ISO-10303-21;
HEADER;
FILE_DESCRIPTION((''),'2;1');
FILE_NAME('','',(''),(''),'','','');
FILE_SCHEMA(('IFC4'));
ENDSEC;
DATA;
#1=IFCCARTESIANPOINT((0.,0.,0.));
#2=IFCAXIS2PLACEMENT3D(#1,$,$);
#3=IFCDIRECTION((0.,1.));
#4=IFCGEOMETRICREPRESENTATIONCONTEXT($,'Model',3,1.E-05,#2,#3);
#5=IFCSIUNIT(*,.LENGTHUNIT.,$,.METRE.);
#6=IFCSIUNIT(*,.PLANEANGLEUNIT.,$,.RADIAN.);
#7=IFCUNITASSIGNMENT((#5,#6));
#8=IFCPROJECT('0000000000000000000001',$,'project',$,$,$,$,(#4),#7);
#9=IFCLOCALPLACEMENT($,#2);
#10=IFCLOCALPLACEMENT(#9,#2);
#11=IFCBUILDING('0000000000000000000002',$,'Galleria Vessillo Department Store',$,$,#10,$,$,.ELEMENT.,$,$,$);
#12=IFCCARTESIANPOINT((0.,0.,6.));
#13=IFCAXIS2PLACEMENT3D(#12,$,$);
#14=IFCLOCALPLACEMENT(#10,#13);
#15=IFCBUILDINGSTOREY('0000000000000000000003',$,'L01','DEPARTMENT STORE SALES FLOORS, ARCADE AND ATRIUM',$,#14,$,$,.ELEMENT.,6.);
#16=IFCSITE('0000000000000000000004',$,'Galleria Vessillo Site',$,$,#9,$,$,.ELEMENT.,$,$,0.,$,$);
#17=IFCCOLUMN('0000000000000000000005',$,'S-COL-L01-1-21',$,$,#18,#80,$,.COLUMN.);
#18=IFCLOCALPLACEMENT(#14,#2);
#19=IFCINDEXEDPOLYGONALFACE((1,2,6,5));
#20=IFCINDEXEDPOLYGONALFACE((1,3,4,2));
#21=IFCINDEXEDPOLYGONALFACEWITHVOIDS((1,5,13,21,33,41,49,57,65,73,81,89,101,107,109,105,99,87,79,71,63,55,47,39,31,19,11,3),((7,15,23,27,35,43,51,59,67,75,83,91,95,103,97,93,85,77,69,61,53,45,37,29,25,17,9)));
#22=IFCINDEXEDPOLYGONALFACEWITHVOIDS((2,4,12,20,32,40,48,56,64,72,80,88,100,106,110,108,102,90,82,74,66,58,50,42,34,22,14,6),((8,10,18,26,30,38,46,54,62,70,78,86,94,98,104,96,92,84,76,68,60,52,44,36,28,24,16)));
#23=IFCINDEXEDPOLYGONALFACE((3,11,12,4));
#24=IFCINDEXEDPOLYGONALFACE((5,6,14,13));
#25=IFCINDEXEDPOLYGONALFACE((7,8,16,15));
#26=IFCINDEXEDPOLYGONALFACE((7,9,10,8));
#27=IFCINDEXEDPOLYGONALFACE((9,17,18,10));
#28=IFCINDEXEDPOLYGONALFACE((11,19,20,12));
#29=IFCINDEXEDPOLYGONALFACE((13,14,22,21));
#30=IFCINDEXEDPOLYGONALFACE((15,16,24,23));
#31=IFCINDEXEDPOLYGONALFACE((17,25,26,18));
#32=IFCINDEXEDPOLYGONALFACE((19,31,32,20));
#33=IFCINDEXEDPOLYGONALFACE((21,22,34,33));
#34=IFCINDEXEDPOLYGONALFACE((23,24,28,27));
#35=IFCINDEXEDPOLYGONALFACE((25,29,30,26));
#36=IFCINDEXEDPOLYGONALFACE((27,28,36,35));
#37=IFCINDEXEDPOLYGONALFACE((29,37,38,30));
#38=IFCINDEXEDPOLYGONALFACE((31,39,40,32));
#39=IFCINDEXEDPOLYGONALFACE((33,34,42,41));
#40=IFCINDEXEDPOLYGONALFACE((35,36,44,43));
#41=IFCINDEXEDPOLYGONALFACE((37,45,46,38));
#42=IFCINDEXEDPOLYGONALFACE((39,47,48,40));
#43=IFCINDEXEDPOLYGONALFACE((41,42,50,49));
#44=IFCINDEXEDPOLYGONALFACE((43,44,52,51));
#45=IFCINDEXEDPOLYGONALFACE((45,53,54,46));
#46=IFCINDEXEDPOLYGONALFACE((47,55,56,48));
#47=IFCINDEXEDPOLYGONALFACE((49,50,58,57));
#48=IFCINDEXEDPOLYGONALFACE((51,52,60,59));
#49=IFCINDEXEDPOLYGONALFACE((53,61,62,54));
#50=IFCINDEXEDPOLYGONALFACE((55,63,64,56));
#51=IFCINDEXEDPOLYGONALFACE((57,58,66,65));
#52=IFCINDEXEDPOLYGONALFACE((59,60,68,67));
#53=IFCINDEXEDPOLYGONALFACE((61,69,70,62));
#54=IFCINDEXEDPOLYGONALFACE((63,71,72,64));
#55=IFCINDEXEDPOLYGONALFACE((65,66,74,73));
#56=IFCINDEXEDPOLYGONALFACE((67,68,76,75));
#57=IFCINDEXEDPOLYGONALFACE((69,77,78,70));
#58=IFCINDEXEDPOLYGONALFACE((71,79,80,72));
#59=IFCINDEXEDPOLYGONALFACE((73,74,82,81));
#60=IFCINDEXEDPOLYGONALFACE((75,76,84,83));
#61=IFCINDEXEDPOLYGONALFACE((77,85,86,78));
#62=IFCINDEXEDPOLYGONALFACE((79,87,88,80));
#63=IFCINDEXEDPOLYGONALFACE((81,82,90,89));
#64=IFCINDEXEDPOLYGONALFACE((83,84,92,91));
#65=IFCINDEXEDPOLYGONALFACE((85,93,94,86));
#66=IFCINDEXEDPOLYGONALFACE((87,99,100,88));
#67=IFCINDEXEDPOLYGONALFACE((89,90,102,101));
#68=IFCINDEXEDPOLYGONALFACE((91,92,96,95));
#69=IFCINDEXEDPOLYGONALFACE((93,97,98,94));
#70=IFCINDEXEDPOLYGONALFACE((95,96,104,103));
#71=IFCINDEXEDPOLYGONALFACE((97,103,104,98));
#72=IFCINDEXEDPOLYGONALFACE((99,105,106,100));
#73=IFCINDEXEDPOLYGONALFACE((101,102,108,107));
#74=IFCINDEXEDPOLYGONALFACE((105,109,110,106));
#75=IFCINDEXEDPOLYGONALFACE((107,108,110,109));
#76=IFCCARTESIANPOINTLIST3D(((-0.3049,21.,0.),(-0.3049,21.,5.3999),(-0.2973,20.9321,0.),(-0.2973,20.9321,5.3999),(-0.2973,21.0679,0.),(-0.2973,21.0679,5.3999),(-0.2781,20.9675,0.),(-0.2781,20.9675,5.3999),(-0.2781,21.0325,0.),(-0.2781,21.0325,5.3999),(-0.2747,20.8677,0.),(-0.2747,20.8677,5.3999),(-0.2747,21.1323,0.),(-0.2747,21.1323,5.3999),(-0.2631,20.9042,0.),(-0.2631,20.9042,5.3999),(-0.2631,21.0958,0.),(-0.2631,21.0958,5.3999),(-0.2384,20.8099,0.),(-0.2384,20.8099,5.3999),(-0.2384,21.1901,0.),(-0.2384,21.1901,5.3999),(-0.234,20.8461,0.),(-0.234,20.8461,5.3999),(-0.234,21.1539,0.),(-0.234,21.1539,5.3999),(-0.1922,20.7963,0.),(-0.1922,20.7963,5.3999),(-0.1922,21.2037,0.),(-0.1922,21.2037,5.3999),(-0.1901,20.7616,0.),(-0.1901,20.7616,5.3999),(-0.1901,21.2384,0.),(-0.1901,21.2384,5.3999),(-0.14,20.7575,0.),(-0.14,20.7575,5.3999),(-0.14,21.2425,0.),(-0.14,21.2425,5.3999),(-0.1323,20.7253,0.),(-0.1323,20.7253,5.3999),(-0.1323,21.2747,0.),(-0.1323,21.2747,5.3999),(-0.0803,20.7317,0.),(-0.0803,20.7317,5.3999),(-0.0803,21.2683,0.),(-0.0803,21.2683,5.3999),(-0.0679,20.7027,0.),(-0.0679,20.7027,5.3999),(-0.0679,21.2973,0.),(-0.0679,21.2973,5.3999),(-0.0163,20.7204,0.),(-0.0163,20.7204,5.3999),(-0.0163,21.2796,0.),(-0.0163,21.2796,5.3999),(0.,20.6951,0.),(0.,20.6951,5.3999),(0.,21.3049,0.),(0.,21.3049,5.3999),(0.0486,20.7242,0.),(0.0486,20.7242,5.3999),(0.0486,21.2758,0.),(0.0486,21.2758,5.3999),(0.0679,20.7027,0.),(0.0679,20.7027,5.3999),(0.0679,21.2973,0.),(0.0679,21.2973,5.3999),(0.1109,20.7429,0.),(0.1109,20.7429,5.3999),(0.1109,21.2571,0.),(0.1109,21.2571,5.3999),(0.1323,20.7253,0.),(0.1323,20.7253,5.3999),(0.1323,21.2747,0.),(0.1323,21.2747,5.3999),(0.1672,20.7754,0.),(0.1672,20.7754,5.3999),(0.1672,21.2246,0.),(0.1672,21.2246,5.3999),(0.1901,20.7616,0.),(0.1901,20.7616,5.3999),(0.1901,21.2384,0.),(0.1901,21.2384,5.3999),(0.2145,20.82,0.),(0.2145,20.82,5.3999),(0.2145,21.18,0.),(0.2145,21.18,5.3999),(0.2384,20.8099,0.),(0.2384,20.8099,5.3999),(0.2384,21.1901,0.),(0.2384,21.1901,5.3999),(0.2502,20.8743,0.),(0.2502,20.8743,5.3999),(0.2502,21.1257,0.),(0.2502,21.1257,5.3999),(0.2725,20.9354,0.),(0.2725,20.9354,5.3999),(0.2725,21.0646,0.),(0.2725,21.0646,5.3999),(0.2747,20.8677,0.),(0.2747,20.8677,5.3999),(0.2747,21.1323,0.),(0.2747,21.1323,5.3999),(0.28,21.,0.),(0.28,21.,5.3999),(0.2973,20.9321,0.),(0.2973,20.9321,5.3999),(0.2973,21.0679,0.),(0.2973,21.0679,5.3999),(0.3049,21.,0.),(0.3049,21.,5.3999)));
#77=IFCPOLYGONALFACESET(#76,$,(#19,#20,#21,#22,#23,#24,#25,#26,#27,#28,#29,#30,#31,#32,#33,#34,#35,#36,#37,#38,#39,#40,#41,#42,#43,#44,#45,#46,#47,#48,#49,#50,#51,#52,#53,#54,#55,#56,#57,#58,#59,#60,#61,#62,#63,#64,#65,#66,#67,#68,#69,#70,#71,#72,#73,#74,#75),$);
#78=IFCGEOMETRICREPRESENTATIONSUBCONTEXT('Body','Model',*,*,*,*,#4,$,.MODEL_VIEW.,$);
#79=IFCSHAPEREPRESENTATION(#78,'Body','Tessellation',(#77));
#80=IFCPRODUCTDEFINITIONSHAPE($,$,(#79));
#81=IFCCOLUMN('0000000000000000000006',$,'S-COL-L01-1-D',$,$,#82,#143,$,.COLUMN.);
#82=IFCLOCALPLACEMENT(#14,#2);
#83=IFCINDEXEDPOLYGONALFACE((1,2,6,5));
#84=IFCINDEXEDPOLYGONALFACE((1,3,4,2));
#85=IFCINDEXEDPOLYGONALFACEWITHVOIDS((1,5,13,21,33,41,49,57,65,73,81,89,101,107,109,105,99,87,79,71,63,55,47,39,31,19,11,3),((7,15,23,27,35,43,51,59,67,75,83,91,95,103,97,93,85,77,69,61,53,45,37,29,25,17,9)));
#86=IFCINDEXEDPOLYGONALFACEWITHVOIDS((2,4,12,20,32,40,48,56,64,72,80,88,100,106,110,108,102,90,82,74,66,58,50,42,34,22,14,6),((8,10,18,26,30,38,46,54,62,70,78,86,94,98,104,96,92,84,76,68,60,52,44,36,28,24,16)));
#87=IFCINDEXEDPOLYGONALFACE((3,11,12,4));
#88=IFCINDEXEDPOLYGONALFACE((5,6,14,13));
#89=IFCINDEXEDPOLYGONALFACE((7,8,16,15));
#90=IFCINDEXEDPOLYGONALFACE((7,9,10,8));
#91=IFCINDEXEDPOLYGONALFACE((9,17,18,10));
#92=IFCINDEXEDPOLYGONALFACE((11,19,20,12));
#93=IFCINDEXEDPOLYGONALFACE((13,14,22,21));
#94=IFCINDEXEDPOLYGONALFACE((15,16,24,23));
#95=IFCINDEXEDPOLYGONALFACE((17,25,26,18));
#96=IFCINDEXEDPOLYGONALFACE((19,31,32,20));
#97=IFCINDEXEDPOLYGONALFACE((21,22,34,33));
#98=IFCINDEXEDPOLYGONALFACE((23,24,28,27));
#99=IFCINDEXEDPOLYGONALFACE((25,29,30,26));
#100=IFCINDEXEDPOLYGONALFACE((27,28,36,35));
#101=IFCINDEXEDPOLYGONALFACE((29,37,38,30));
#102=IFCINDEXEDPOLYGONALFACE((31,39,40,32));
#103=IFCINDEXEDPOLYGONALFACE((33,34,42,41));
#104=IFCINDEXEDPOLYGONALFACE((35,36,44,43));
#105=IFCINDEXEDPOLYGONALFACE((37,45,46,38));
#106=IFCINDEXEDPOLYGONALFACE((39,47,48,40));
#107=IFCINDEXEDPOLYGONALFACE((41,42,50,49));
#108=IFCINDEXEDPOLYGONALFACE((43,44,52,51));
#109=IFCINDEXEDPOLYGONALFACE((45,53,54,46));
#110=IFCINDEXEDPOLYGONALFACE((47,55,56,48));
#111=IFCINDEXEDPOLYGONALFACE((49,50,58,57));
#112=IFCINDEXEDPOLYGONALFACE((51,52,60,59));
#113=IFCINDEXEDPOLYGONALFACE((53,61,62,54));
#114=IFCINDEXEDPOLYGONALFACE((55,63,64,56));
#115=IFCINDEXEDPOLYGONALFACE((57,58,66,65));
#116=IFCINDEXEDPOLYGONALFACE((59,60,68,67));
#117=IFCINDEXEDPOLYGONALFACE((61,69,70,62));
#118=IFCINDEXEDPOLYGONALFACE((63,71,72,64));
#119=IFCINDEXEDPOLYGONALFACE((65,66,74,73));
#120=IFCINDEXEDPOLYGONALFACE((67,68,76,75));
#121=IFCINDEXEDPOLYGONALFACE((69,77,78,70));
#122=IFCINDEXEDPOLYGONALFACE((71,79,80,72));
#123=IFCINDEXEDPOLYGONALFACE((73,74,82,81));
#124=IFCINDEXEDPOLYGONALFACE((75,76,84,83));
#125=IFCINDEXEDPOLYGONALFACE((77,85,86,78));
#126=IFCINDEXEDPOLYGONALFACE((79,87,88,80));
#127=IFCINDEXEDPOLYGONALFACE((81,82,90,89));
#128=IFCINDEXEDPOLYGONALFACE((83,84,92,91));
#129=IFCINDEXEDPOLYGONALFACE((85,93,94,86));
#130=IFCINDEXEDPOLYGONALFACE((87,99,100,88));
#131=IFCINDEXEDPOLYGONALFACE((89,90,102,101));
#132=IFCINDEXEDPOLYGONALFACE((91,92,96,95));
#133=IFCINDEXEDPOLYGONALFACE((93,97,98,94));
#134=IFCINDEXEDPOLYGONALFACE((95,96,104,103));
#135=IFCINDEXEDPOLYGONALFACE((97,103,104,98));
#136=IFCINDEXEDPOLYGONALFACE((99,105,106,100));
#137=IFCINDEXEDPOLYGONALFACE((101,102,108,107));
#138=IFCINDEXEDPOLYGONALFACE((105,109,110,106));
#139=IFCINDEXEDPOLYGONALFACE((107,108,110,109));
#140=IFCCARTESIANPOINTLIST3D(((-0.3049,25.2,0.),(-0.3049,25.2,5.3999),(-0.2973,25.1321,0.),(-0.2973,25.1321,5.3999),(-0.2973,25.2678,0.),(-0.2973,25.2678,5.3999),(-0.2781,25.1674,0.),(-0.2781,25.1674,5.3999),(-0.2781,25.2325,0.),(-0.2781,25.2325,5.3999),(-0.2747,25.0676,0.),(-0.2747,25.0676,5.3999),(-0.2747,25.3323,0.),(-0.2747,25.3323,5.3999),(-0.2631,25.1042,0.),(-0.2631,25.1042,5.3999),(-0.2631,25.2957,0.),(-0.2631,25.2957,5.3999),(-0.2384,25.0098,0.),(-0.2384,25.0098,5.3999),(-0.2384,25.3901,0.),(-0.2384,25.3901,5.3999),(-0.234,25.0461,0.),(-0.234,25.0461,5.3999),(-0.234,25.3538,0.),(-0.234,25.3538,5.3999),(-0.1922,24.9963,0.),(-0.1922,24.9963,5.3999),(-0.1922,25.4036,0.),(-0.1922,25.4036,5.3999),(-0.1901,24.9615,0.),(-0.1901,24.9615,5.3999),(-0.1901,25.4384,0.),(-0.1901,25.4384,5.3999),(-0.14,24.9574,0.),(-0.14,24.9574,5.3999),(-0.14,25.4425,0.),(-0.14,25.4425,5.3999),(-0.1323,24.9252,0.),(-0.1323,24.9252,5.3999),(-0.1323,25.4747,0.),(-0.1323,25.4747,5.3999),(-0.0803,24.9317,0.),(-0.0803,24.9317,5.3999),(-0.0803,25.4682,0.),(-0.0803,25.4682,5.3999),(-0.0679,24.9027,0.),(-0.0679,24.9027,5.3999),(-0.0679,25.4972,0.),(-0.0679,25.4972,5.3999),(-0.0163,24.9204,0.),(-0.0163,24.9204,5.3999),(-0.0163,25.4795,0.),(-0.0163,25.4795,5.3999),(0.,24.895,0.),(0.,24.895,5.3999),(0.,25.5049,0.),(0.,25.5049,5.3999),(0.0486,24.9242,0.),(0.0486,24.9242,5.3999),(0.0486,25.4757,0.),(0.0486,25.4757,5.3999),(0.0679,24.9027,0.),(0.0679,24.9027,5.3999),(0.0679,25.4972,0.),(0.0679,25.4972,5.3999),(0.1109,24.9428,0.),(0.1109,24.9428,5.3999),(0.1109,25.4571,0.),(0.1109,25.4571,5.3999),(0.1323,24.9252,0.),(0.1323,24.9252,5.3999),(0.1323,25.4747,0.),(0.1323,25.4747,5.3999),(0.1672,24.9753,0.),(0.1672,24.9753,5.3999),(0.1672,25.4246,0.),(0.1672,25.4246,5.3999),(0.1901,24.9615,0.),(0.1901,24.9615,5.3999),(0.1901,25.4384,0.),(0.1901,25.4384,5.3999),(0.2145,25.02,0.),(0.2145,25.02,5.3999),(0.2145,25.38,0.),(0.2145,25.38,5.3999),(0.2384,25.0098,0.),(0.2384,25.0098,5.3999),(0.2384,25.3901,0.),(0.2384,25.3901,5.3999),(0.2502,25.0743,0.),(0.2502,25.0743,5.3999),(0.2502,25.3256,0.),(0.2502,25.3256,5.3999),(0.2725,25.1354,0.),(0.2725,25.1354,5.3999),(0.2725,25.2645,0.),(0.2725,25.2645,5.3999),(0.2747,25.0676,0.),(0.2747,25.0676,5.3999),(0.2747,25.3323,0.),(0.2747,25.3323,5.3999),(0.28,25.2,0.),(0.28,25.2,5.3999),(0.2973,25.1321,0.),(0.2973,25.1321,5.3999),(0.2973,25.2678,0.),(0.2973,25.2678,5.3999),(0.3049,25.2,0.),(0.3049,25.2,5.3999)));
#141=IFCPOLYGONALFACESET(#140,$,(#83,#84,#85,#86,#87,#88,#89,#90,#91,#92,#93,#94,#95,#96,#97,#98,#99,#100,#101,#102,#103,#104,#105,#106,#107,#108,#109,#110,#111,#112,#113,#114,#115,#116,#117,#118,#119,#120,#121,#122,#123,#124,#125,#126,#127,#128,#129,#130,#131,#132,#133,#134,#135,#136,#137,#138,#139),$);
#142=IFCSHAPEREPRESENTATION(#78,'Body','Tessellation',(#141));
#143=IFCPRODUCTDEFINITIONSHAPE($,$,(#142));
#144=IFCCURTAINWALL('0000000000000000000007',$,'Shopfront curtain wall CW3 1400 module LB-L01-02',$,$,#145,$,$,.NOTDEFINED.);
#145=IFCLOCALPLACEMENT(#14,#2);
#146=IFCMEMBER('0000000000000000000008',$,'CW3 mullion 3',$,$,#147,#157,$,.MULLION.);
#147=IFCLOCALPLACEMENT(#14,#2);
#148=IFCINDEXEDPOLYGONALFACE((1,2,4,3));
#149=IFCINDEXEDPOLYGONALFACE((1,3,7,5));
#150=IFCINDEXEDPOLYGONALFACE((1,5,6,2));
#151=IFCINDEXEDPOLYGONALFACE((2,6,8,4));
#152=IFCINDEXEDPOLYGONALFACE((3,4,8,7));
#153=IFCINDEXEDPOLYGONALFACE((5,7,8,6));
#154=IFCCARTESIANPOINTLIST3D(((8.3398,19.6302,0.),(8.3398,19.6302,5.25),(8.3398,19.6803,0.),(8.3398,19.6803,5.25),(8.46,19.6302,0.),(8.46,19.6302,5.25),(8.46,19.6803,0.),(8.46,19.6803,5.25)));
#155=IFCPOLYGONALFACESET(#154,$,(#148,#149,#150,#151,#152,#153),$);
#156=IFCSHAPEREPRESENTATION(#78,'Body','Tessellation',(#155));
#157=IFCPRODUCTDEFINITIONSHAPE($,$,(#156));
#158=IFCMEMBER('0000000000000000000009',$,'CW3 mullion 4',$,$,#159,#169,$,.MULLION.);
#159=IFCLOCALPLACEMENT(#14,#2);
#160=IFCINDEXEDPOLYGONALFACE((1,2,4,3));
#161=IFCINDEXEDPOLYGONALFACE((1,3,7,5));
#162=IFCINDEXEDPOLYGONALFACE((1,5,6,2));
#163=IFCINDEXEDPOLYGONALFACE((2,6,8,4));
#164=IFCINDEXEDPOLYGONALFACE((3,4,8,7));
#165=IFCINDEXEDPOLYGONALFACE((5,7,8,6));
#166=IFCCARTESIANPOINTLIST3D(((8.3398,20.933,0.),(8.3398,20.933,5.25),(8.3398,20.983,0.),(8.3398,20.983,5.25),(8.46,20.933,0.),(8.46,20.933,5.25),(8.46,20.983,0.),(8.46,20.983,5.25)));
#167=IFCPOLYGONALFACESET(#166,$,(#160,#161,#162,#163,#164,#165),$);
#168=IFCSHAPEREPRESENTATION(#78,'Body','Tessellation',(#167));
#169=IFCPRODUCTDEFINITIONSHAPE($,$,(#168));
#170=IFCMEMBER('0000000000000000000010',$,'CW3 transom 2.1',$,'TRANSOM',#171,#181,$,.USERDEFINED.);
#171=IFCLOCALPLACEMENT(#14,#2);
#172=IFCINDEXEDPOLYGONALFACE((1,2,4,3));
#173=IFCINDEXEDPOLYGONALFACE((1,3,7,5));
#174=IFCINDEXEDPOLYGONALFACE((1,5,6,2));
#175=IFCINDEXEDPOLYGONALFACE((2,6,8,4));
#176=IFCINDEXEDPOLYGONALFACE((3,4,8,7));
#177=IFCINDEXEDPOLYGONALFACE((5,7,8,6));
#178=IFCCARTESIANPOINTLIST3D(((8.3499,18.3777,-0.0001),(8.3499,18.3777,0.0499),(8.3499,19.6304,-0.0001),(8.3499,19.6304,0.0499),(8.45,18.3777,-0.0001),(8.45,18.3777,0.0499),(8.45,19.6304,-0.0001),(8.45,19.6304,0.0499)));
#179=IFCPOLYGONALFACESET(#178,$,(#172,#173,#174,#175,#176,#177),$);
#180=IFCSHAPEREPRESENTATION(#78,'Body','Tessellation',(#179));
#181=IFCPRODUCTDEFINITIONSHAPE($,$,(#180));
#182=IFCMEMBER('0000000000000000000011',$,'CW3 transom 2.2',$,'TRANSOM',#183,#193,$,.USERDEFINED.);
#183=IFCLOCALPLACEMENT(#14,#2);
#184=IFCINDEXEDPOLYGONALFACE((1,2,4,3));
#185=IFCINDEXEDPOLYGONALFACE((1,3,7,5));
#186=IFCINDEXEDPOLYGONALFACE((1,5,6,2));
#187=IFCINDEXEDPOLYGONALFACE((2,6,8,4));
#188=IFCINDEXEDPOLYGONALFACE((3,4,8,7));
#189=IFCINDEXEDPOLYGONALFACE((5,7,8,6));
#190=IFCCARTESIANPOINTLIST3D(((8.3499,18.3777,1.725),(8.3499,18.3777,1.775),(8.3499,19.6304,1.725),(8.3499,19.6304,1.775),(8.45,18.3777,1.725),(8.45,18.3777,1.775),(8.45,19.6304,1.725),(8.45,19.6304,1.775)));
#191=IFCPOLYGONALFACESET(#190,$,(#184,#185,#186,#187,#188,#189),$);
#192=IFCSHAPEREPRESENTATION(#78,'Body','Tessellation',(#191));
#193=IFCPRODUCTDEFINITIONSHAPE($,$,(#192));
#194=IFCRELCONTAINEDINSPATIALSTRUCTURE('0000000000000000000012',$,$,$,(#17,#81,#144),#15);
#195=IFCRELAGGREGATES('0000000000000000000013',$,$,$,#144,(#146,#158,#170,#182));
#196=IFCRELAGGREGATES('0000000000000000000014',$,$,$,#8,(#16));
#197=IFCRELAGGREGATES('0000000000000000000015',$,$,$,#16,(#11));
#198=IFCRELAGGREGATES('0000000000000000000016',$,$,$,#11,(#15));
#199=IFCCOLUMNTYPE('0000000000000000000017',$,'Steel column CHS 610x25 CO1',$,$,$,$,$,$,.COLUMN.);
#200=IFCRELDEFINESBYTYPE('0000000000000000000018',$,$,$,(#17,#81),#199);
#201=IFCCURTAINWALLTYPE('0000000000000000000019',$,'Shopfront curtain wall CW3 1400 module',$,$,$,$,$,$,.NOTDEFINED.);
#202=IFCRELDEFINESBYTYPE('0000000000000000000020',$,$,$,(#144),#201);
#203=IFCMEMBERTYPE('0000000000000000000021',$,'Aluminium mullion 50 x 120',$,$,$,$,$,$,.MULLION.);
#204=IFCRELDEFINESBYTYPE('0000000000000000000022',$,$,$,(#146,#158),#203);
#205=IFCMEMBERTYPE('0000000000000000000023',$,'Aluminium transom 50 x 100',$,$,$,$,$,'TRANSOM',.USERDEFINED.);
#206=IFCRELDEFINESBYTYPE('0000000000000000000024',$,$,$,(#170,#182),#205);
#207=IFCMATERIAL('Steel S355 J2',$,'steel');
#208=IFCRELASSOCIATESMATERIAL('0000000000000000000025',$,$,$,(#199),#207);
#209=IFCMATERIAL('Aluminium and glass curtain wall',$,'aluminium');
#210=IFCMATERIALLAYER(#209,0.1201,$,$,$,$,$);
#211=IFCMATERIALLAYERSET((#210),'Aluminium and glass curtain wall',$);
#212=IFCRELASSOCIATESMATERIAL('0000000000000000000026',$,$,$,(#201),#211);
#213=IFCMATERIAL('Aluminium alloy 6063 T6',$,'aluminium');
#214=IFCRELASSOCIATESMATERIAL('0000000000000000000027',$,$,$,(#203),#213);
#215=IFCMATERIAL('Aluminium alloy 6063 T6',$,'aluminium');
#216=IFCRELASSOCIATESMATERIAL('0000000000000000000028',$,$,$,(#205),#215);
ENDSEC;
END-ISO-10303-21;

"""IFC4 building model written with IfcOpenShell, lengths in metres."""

from ifc_helpers import new_model, si_unit, direction, frame, origin, origin_2d, place, context, subcontext, project, spatial, rectangle, hollow_circle, extrude, material, layer, layer_set, material_profile, profile_set, type_object, element, aggregate, save


model = new_model("IFC4")

# Units and contexts
model_context = context("Model", 3, precision=1e-05, world=origin(), true_north=direction((0.0, 1.0)))
body_context = subcontext(model_context, "Body", "Model", "MODEL_VIEW")
ifc_project = project(units=[si_unit("LENGTHUNIT", "METRE"), si_unit("PLANEANGLEUNIT", "RADIAN")], contexts=[model_context])

# Site, building, storey
site_placement = place(None, origin())
site = spatial("IfcSite", under=ifc_project, at=site_placement, Name="Galleria Vessillo Site", CompositionType="ELEMENT", RefElevation=0.0)
building_placement = place(site_placement, origin())
building = spatial("IfcBuilding", under=site, at=building_placement, Name="Galleria Vessillo Department Store", CompositionType="ELEMENT")
storey_placement = place(building_placement, frame((0.0, 0.0, 6.0)))
storey = spatial("IfcBuildingStorey", under=building, at=storey_placement, Name="L01", Description="DEPARTMENT STORE SALES FLOORS, ARCADE AND ATRIUM", CompositionType="ELEMENT", Elevation=6.0)

# Columns
ifc_material_1 = material(Name="Steel S355 J2", Category="steel")
ifc_material_profile_1 = material_profile(ifc_material_1, hollow_circle(Radius=0.3049, WallThickness=0.0249, at=origin_2d()), Name="CHS 610x25")
ifc_profile_set_1 = profile_set([ifc_material_profile_1], Name="Steel S355 J2")
column_type = type_object("IfcColumnType", Name="Steel column CHS 610x25 CO1", PredefinedType="COLUMN", material=ifc_profile_set_1)
for number, where, z_axis, x_axis, name in (
    (1, (0.0, 21.0, 0.0), (0.0, 0.0, 1.0), (1.0, 0.0, 0.0), "S-COL-L01-1-21"),
    (2, (0.0, 25.2, 0.0), (0.0, 0.0, 1.0), (1.0, 0.0, 0.0), "S-COL-L01-1-D"),
):
    element("IfcColumn", number, at=place(storey_placement, frame(where, z_axis=z_axis, x_axis=x_axis)), inside=storey, type_object=column_type, Name=name, PredefinedType="COLUMN", context=body_context, shape_type="SweptSolid", body=[
        extrude(hollow_circle(Radius=0.3049, WallThickness=0.0249, at=origin_2d()), origin(), (0.0, 0.0, 1.0), 5.3999),
    ])

# Curtain wall, members
ifc_material_2 = material(Name="Aluminium and glass curtain wall", Category="aluminium")
ifc_layer_1 = layer(ifc_material_2, 0.1201)
ifc_layer_set_1 = layer_set([ifc_layer_1], Name="Aluminium and glass curtain wall")
curtain_wall_type = type_object("IfcCurtainWallType", Name="Shopfront curtain wall CW3 1400 module", PredefinedType="NOTDEFINED", material=ifc_layer_set_1)
curtain_wall_placement = place(storey_placement, origin())
curtain_wall = element("IfcCurtainWall", 3, at=curtain_wall_placement, inside=storey, type_object=curtain_wall_type, Name="Shopfront curtain wall CW3 1400 module LB-L01-02", PredefinedType="NOTDEFINED")
ifc_material_3 = material(Name="Aluminium alloy 6063 T6", Category="aluminium")
ifc_material_profile_2 = material_profile(ifc_material_3, rectangle(XDim=0.1201, YDim=0.05, at=origin_2d()), Name="AL 50x120")
ifc_profile_set_2 = profile_set([ifc_material_profile_2], Name="Aluminium alloy 6063 T6")
member_type_1 = type_object("IfcMemberType", Name="Aluminium mullion 50 x 120", PredefinedType="MULLION", material=ifc_profile_set_2)
member_1_placement = place(storey_placement, frame((8.3999, 19.6553, 0.0), z_axis=(0.0, 0.0, 1.0), x_axis=(-1.0, 0.0, 0.0)))
member_1 = element("IfcMember", 4, at=member_1_placement, type_object=member_type_1, Name="CW3 mullion 3", PredefinedType="MULLION", context=body_context, shape_type="SweptSolid", body=[
    extrude(rectangle(XDim=0.1201, YDim=0.05, at=origin_2d()), origin(), (0.0, 0.0, 1.0), 5.25),
])
member_2_placement = place(storey_placement, frame((8.3999, 20.958, 0.0), z_axis=(0.0, 0.0, 1.0), x_axis=(-1.0, 0.0, 0.0)))
member_2 = element("IfcMember", 5, at=member_2_placement, type_object=member_type_1, Name="CW3 mullion 4", PredefinedType="MULLION", context=body_context, shape_type="SweptSolid", body=[
    extrude(rectangle(XDim=0.1201, YDim=0.05, at=origin_2d()), origin(), (0.0, 0.0, 1.0), 5.25),
])
ifc_material_4 = material(Name="Aluminium alloy 6063 T6", Category="aluminium")
ifc_material_profile_3 = material_profile(ifc_material_4, rectangle(XDim=0.1001, YDim=0.05, at=origin_2d()), Name="AL 50x100")
ifc_profile_set_3 = profile_set([ifc_material_profile_3], Name="Aluminium alloy 6063 T6")
member_type_2 = type_object("IfcMemberType", Name="Aluminium transom 50 x 100", ElementType="TRANSOM", PredefinedType="USERDEFINED", material=ifc_profile_set_3)
member_3_placement = place(storey_placement, frame((8.3999, 18.3777, 0.0249), z_axis=(0.0, 1.0, 0.0), x_axis=(-1.0, 0.0, 0.0)))
member_3 = element("IfcMember", 6, at=member_3_placement, type_object=member_type_2, Name="CW3 transom 2.1", ObjectType="TRANSOM", PredefinedType="USERDEFINED", context=body_context, shape_type="SweptSolid", body=[
    extrude(rectangle(XDim=0.1001, YDim=0.05, at=origin_2d()), origin(), (0.0, 0.0, 1.0), 1.2527),
])
member_4_placement = place(storey_placement, frame((8.3999, 18.3777, 1.75), z_axis=(0.0, 1.0, 0.0), x_axis=(-1.0, 0.0, 0.0)))
member_4 = element("IfcMember", 7, at=member_4_placement, type_object=member_type_2, Name="CW3 transom 2.2", ObjectType="TRANSOM", PredefinedType="USERDEFINED", context=body_context, shape_type="SweptSolid", body=[
    extrude(rectangle(XDim=0.1001, YDim=0.05, at=origin_2d()), origin(), (0.0, 0.0, 1.0), 1.2527),
])
aggregate(curtain_wall, [member_1, member_2, member_3, member_4])

save(model, "model.ifc")
